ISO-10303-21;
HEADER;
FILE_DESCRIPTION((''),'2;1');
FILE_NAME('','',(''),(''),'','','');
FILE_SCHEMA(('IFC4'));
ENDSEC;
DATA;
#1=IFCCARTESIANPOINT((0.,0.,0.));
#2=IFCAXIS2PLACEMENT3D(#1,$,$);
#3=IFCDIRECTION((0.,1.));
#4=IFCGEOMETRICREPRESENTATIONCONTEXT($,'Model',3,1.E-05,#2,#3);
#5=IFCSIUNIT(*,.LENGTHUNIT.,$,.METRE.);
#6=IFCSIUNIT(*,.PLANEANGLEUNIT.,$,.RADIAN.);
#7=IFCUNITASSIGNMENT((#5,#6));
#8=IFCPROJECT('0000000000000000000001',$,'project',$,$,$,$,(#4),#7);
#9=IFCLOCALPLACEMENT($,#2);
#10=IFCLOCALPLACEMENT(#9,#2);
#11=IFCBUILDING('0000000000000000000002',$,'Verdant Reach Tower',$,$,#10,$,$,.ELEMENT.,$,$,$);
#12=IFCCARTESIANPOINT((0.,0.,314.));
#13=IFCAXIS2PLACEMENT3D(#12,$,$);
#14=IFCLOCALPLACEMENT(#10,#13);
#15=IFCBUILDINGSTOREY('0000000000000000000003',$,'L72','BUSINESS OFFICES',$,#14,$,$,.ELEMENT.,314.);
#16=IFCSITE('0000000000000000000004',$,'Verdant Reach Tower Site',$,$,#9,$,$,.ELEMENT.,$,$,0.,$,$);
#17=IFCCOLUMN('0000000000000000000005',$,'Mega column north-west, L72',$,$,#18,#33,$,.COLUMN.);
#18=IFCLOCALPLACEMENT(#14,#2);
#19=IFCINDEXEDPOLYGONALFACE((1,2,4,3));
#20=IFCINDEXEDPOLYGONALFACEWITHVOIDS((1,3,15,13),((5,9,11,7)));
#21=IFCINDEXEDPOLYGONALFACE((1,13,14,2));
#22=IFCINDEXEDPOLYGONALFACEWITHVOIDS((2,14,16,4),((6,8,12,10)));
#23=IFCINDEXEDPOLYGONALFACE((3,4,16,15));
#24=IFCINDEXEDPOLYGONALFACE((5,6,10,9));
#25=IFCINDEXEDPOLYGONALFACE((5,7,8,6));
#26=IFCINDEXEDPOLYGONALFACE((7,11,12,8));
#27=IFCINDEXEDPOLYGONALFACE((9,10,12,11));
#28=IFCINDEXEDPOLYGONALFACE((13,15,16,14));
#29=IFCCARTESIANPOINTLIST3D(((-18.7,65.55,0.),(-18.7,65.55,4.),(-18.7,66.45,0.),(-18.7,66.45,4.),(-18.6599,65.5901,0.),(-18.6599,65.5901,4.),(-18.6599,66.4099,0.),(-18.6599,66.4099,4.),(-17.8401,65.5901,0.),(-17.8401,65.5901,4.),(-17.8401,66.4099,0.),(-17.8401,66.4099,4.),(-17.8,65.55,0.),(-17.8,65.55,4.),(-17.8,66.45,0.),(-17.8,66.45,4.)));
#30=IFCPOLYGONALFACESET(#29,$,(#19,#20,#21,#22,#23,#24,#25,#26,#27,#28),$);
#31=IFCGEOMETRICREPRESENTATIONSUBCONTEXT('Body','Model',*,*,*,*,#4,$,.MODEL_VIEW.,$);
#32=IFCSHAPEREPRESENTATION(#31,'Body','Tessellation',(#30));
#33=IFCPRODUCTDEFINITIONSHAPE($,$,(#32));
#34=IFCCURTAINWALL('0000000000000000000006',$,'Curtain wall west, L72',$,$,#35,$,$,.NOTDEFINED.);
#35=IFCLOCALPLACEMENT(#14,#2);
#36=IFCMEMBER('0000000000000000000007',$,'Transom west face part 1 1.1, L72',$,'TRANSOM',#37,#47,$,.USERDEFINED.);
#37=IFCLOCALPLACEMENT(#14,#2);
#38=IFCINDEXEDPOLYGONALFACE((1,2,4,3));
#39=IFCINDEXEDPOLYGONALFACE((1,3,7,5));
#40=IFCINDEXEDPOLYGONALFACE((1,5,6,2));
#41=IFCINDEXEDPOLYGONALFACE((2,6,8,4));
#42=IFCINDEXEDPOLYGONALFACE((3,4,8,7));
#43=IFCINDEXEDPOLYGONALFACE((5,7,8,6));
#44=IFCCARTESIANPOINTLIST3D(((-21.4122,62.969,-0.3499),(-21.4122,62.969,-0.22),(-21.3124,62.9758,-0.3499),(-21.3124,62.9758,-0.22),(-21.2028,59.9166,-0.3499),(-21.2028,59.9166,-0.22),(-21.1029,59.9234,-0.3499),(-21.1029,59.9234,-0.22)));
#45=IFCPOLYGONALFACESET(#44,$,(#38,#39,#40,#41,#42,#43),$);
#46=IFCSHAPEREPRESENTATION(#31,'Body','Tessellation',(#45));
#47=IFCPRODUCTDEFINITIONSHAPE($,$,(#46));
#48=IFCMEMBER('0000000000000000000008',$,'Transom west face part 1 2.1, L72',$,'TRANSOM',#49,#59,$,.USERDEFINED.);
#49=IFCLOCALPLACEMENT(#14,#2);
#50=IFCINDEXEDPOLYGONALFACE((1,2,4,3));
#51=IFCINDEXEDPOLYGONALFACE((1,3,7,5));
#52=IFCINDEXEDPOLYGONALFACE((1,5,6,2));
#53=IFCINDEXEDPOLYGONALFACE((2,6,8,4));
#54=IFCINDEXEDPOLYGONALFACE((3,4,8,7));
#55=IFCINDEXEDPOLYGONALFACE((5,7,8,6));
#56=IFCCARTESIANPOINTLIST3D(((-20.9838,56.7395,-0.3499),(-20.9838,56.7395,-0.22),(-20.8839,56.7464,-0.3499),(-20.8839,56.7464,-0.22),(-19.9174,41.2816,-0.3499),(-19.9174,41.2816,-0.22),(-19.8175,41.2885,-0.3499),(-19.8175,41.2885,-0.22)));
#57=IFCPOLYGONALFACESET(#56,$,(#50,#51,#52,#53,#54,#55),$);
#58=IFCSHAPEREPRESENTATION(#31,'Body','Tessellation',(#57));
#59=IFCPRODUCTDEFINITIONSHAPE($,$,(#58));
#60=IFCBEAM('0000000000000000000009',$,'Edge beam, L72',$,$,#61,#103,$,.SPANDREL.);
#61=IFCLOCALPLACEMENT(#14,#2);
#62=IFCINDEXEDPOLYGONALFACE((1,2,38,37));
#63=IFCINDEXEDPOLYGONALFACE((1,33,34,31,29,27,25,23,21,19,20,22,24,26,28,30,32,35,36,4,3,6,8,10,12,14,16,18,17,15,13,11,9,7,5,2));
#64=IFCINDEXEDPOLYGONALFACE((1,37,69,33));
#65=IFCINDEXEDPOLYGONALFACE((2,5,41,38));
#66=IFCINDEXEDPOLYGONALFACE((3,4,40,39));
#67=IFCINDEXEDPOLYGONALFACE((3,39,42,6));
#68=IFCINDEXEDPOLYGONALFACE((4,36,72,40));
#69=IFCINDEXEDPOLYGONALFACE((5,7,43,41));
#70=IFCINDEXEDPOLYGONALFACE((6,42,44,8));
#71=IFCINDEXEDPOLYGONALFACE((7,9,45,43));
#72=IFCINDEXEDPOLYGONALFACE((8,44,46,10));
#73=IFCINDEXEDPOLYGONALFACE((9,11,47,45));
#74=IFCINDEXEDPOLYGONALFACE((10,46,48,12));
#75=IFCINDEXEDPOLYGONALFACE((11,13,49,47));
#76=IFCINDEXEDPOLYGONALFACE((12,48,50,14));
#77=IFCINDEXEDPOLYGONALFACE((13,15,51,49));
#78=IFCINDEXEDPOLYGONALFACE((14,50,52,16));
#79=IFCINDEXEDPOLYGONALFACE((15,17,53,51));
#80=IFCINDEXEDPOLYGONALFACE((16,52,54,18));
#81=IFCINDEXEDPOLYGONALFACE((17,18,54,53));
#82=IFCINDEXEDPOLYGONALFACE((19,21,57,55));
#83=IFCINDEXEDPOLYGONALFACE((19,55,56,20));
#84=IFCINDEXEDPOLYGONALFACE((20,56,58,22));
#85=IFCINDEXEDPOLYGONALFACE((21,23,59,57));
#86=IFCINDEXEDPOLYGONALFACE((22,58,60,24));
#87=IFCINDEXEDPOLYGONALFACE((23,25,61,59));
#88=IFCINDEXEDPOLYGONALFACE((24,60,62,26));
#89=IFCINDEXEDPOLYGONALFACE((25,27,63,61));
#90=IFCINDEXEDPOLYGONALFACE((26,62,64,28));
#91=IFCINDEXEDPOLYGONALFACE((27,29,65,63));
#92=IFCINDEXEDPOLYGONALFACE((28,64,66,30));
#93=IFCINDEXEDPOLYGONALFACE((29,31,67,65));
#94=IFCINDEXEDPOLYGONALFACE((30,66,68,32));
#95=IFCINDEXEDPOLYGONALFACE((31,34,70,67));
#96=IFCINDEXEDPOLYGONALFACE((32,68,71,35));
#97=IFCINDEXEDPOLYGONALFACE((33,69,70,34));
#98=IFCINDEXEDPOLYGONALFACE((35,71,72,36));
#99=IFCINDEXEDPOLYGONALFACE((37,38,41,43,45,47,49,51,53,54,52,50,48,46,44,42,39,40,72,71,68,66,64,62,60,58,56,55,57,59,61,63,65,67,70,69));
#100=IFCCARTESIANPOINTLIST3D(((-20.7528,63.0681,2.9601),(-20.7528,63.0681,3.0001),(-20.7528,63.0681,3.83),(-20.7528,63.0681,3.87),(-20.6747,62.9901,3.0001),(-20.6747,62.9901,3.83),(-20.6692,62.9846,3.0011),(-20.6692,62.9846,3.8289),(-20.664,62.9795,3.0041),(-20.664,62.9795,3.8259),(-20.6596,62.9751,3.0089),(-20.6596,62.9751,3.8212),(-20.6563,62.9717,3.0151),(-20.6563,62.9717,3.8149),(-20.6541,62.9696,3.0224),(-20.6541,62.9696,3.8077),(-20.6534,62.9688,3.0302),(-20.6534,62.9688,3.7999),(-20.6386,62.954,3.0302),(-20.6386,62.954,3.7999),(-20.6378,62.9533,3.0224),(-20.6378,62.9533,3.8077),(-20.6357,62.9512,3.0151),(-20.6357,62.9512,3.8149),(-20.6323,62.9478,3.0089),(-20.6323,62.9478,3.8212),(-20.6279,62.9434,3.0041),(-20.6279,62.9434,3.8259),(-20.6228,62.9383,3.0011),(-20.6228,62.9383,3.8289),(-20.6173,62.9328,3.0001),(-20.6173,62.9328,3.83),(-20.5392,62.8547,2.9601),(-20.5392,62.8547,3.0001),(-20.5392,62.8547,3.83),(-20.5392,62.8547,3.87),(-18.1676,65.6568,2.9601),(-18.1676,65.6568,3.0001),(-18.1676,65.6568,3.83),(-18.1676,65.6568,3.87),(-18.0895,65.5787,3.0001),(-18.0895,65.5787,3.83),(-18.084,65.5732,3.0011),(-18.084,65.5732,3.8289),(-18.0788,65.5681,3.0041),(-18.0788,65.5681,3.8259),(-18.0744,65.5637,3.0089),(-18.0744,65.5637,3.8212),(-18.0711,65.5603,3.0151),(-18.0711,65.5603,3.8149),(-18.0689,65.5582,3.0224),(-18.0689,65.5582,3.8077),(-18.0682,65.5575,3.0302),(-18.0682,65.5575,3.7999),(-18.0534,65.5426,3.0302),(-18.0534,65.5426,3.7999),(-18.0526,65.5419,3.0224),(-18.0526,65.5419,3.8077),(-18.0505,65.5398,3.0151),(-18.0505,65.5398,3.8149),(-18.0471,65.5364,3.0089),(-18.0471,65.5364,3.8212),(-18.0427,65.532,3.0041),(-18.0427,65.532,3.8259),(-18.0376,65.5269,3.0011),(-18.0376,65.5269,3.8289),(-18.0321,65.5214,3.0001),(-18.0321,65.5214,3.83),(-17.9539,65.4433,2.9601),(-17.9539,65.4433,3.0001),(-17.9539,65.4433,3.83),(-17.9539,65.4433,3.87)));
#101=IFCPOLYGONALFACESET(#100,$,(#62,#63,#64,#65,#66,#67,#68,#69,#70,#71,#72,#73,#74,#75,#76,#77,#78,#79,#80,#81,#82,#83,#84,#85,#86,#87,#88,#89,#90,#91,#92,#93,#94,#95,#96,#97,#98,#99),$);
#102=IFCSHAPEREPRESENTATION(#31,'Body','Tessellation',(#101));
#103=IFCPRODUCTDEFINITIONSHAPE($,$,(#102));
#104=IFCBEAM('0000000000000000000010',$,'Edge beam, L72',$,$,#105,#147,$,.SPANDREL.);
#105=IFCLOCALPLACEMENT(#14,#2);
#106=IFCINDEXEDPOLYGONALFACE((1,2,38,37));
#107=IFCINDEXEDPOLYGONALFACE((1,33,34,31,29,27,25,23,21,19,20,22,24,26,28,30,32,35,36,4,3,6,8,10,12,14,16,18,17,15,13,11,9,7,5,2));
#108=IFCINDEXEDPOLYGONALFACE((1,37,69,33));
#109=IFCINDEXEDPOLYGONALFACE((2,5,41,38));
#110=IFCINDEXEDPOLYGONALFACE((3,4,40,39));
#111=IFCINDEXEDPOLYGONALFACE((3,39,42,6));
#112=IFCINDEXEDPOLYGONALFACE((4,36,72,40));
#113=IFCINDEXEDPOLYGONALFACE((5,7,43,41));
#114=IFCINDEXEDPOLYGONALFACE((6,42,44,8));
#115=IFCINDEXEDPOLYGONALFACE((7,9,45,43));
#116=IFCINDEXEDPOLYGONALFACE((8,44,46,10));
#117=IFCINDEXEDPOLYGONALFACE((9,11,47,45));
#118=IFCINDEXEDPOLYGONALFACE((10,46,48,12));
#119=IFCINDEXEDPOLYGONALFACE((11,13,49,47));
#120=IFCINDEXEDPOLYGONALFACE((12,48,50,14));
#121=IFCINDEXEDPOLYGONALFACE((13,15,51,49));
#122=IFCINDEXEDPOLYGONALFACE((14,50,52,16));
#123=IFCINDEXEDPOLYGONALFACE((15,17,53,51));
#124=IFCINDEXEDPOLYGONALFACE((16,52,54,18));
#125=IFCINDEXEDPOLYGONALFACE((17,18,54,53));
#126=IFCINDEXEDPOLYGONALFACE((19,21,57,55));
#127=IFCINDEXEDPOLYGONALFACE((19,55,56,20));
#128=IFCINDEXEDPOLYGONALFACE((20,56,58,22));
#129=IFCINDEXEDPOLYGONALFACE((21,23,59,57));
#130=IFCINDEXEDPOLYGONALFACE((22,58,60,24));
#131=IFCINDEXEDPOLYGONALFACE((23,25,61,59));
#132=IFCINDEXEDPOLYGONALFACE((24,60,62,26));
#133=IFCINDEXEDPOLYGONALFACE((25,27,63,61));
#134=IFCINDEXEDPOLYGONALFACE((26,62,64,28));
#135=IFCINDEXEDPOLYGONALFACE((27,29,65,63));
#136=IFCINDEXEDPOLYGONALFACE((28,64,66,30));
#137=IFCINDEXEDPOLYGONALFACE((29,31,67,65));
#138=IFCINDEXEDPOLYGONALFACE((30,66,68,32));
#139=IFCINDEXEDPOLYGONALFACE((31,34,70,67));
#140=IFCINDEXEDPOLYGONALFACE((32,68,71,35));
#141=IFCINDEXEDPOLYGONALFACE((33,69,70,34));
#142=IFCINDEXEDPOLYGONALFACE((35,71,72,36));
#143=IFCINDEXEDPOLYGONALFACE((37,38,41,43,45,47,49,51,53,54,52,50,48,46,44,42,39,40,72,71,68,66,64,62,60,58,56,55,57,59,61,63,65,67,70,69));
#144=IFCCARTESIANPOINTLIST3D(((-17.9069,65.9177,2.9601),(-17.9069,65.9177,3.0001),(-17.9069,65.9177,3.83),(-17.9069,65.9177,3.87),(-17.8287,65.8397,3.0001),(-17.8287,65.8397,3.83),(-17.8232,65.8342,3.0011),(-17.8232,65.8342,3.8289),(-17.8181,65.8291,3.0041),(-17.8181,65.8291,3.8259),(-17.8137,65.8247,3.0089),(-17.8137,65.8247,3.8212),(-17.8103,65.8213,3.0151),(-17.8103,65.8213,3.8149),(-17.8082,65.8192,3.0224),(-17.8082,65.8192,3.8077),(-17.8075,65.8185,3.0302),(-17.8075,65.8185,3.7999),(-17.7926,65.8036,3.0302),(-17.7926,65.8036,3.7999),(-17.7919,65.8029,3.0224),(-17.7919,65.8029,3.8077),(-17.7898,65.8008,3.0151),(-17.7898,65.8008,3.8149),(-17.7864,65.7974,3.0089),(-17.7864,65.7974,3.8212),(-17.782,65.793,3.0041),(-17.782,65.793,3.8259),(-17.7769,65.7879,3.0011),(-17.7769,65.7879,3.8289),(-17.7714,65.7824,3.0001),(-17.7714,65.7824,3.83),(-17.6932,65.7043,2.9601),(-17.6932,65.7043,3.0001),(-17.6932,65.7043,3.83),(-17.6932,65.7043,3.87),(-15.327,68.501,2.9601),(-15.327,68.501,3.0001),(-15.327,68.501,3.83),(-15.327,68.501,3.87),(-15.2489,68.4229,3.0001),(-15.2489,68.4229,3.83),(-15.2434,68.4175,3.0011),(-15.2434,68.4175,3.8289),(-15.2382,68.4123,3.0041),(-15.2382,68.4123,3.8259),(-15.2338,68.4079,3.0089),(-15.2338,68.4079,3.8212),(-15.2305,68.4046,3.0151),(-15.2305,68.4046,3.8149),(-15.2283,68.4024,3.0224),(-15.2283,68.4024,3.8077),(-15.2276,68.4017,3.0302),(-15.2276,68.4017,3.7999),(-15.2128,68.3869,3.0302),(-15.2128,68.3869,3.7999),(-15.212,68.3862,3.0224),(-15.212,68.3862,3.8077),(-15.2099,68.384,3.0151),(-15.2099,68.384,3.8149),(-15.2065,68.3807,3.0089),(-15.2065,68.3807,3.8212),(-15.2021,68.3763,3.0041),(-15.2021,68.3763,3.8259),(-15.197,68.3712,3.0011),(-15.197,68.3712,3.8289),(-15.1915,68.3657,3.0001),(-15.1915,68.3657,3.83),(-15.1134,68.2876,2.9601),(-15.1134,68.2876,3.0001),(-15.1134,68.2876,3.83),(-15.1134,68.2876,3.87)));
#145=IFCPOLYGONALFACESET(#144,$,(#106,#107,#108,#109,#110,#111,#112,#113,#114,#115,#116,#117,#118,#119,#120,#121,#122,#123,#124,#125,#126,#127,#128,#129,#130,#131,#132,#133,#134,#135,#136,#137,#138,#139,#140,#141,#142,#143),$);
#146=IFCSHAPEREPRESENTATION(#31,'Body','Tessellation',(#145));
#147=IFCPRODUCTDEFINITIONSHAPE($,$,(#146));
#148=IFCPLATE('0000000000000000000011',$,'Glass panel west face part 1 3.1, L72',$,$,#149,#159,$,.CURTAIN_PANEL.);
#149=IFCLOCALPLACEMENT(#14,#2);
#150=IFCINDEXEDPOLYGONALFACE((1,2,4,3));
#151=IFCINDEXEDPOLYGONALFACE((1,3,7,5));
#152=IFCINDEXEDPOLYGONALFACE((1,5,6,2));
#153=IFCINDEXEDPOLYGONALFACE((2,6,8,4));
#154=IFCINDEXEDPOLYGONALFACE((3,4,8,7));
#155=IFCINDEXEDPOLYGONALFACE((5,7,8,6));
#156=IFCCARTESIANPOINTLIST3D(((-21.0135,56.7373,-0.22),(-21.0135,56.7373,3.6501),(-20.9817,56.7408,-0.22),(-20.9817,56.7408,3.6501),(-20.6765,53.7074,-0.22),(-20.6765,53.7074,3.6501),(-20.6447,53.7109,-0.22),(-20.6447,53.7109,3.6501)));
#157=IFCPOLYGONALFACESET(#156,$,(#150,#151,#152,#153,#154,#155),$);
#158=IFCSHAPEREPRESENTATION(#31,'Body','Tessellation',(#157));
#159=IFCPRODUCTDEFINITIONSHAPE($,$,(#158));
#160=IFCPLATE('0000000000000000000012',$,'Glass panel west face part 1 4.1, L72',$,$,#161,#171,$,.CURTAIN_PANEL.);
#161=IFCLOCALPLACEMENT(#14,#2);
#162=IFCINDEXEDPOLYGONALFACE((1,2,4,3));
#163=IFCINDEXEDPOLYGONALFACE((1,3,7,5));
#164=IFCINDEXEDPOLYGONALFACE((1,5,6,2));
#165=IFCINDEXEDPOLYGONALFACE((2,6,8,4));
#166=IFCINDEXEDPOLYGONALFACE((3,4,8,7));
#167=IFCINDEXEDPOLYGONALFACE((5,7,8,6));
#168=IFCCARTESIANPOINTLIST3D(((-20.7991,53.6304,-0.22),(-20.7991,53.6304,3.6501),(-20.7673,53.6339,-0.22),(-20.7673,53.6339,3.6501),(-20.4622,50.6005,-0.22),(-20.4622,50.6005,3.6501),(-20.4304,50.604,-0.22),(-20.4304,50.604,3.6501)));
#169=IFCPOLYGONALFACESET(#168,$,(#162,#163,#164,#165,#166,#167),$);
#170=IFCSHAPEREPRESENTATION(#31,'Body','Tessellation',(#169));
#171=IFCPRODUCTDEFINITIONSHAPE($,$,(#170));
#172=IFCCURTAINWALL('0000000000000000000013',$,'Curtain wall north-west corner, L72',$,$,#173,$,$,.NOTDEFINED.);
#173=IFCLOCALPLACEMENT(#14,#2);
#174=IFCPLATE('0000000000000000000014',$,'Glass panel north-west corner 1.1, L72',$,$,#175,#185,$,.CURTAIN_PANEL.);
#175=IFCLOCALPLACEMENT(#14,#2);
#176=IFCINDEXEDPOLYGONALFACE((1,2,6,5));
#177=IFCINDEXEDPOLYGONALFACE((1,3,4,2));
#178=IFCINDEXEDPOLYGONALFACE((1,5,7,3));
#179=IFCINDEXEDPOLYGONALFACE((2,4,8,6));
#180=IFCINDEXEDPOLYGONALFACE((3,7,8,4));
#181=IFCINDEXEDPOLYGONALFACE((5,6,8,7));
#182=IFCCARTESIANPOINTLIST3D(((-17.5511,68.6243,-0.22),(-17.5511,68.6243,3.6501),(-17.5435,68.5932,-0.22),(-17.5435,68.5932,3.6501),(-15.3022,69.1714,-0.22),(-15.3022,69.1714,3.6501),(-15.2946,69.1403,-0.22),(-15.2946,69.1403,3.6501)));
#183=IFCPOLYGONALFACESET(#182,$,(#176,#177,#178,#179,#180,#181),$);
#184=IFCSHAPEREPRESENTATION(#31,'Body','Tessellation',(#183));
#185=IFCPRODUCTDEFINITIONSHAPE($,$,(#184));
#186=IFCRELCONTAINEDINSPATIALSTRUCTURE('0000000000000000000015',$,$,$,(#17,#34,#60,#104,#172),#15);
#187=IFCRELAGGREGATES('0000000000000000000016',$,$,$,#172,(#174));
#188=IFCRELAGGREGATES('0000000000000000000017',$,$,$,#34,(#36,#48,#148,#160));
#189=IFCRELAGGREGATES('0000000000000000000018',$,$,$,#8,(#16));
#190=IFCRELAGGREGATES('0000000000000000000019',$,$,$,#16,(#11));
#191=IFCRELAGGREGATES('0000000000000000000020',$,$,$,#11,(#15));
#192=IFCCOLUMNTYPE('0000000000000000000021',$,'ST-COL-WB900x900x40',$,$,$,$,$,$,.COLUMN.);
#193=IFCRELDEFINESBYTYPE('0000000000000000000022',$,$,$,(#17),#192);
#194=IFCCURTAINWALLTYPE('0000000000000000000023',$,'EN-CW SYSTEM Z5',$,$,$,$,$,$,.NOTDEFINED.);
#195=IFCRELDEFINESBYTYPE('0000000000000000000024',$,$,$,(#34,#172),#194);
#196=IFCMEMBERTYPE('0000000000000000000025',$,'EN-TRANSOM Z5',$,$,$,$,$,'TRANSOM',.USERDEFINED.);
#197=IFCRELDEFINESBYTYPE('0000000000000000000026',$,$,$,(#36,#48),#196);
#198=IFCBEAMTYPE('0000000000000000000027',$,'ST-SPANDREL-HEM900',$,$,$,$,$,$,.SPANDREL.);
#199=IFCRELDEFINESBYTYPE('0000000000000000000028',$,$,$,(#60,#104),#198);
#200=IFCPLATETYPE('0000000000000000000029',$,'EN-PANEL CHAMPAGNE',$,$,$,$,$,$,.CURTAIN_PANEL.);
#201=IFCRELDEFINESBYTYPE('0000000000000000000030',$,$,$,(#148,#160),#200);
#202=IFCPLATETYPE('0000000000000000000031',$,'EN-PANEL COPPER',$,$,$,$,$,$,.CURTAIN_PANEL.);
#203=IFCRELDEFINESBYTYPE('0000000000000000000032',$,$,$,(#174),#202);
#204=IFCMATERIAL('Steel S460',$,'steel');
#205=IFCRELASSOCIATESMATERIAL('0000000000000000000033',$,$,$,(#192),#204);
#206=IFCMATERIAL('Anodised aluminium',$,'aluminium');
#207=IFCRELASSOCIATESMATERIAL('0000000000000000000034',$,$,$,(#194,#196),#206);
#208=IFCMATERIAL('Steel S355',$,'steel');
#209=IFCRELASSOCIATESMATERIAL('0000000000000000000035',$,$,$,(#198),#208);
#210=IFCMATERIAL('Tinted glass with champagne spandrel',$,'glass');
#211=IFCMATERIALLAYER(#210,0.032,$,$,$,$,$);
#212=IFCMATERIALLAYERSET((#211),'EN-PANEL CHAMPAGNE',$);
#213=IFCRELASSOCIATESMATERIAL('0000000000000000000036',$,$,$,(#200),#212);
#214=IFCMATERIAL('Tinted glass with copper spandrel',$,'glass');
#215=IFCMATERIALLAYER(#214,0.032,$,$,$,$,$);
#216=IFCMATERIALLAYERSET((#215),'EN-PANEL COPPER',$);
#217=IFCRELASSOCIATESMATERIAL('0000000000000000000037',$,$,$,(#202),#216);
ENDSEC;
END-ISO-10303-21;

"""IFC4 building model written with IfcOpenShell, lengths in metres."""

from ifc_helpers import new_model, si_unit, direction, frame, origin, origin_2d, place, context, subcontext, project, spatial, rectangle, hollow_rectangle, i_section, extrude, material, layer, layer_set, material_profile, profile_set, type_object, element, aggregate, save


model = new_model("IFC4")

# Units and contexts
model_context = context("Model", 3, precision=1e-05, world=origin(), true_north=direction((0.0, 1.0)))
body_context = subcontext(model_context, "Body", "Model", "MODEL_VIEW")
ifc_project = project(units=[si_unit("LENGTHUNIT", "METRE"), si_unit("PLANEANGLEUNIT", "RADIAN")], contexts=[model_context])

# Site, building, storey
site_placement = place(None, origin())
site = spatial("IfcSite", under=ifc_project, at=site_placement, Name="Verdant Reach Tower Site", CompositionType="ELEMENT", RefElevation=0.0)
building_placement = place(site_placement, origin())
building = spatial("IfcBuilding", under=site, at=building_placement, Name="Verdant Reach Tower", CompositionType="ELEMENT")
storey_placement = place(building_placement, frame((0.0, 0.0, 314.0)))
storey = spatial("IfcBuildingStorey", under=building, at=storey_placement, Name="L72", Description="BUSINESS OFFICES", CompositionType="ELEMENT", Elevation=314.0)

# Column
ifc_material_1 = material(Name="Steel S460", Category="steel")
ifc_material_profile_1 = material_profile(ifc_material_1, hollow_rectangle(XDim=0.8999, YDim=0.8999, WallThickness=0.04, at=origin_2d()), Name="WB 900x900x40")
ifc_profile_set_1 = profile_set([ifc_material_profile_1], Name="Steel S460")
column_type = type_object("IfcColumnType", Name="ST-COL-WB900x900x40", PredefinedType="COLUMN", material=ifc_profile_set_1)
column_placement = place(storey_placement, frame((-18.25, 66.0, 0.0), z_axis=(0.0, 0.0, 1.0), x_axis=(1.0, 0.0, 0.0)))
element("IfcColumn", 1, at=column_placement, inside=storey, type_object=column_type, Name="Mega column north-west, L72", PredefinedType="COLUMN", context=body_context, shape_type="SweptSolid", body=[
    extrude(hollow_rectangle(XDim=0.8999, YDim=0.8999, WallThickness=0.04, at=origin_2d()), origin(), (0.0, 0.0, 1.0), 4.0),
])

# Curtain wall, members
ifc_material_2 = material(Name="Anodised aluminium", Category="aluminium")
curtain_wall_type = type_object("IfcCurtainWallType", Name="EN-CW SYSTEM Z5", PredefinedType="NOTDEFINED", material=ifc_material_2)
curtain_wall_1_placement = place(storey_placement, origin())
curtain_wall_1 = element("IfcCurtainWall", 2, at=curtain_wall_1_placement, inside=storey, type_object=curtain_wall_type, Name="Curtain wall west, L72", PredefinedType="NOTDEFINED")
ifc_material_profile_2 = material_profile(ifc_material_2, rectangle(XDim=0.1001, YDim=0.1299, at=origin_2d()), Name="Transom 130x100")
ifc_profile_set_2 = profile_set([ifc_material_profile_2], Name="Anodised aluminium")
member_type = type_object("IfcMemberType", Name="EN-TRANSOM Z5", ElementType="TRANSOM", PredefinedType="USERDEFINED", material=ifc_profile_set_2)
member_1_placement = place(storey_placement, frame((-21.3623, 62.9724, -0.2849), z_axis=(0.068463, -0.997654, 0.0), x_axis=(0.997654, 0.068463, 0.0)))
member_1 = element("IfcMember", 3, at=member_1_placement, type_object=member_type, Name="Transom west face part 1 1.1, L72", ObjectType="TRANSOM", PredefinedType="USERDEFINED", context=body_context, shape_type="SweptSolid", body=[
    extrude(rectangle(XDim=0.1001, YDim=0.1299, at=origin_2d()), origin(), (0.0, 0.0, 1.0), 3.0596),
])
member_2_placement = place(storey_placement, frame((-20.9338, 56.7429, -0.2849), z_axis=(0.068824, -0.997629, 0.0), x_axis=(0.997629, 0.068824, 0.0)))
member_2 = element("IfcMember", 4, at=member_2_placement, type_object=member_type, Name="Transom west face part 1 2.1, L72", ObjectType="TRANSOM", PredefinedType="USERDEFINED", context=body_context, shape_type="SweptSolid", body=[
    extrude(rectangle(XDim=0.1001, YDim=0.1299, at=origin_2d()), origin(), (0.0, 0.0, 1.0), 15.4946),
])

# Beams
ifc_material_3 = material(Name="Steel S355", Category="steel")
ifc_material_profile_3 = material_profile(ifc_material_3, i_section(OverallWidth=0.302, OverallDepth=0.9099, WebThickness=0.021, FlangeThickness=0.04, FilletRadius=0.03, at=origin_2d()), Name="HEM 900")
ifc_profile_set_3 = profile_set([ifc_material_profile_3], Name="Steel S355")
beam_type = type_object("IfcBeamType", Name="ST-SPANDREL-HEM900", PredefinedType="SPANDREL", material=ifc_profile_set_3)
beam_1_placement = place(storey_placement, frame((-20.646, 62.9614, 3.415), z_axis=(0.706639, 0.707574, 0.0), x_axis=(-0.707574, 0.706639, 0.0)))
element("IfcBeam", 5, at=beam_1_placement, inside=storey, type_object=beam_type, Name="Edge beam, L72", PredefinedType="SPANDREL", context=body_context, shape_type="SweptSolid", body=[
    extrude(i_section(OverallWidth=0.302, OverallDepth=0.9099, WebThickness=0.021, FlangeThickness=0.04, FilletRadius=0.03, at=origin_2d()), origin(), (0.0, 0.0, 1.0), 3.6584),
])
beam_2_placement = place(storey_placement, frame((-17.8, 65.811, 3.415), z_axis=(0.706639, 0.707575, 0.0), x_axis=(-0.707575, 0.706639, 0.0)))
element("IfcBeam", 6, at=beam_2_placement, inside=storey, type_object=beam_type, Name="Edge beam, L72", PredefinedType="SPANDREL", context=body_context, shape_type="SweptSolid", body=[
    extrude(i_section(OverallWidth=0.302, OverallDepth=0.9099, WebThickness=0.021, FlangeThickness=0.04, FilletRadius=0.03, at=origin_2d()), origin(), (0.0, 0.0, 1.0), 3.6509),
])

# Plates
ifc_material_4 = material(Name="Tinted glass with champagne spandrel", Category="glass")
ifc_layer_1 = layer(ifc_material_4, 0.032)
ifc_layer_set_1 = layer_set([ifc_layer_1], Name="EN-PANEL CHAMPAGNE")
plate_type_1 = type_object("IfcPlateType", Name="EN-PANEL CHAMPAGNE", PredefinedType="CURTAIN_PANEL", material=ifc_layer_set_1)
plate_1_placement = place(storey_placement, frame((-20.8291, 55.2241, -0.22), z_axis=(0.0, 0.0, 1.0), x_axis=(0.110518, -0.993874, 0.0)))
plate_1 = element("IfcPlate", 7, at=plate_1_placement, type_object=plate_type_1, Name="Glass panel west face part 1 3.1, L72", PredefinedType="CURTAIN_PANEL", context=body_context, shape_type="SweptSolid", body=[
    extrude(rectangle(XDim=3.0486, YDim=0.032, at=origin_2d()), origin(), (0.0, 0.0, 1.0), 3.8701),
])
plate_2_placement = place(storey_placement, frame((-20.6147, 52.1172, -0.22), z_axis=(0.0, 0.0, 1.0), x_axis=(0.110518, -0.993874, 0.0)))
plate_2 = element("IfcPlate", 8, at=plate_2_placement, type_object=plate_type_1, Name="Glass panel west face part 1 4.1, L72", PredefinedType="CURTAIN_PANEL", context=body_context, shape_type="SweptSolid", body=[
    extrude(rectangle(XDim=3.0486, YDim=0.032, at=origin_2d()), origin(), (0.0, 0.0, 1.0), 3.8701),
])

# Curtain wall, plate
curtain_wall_2_placement = place(storey_placement, origin())
curtain_wall_2 = element("IfcCurtainWall", 9, at=curtain_wall_2_placement, inside=storey, type_object=curtain_wall_type, Name="Curtain wall north-west corner, L72", PredefinedType="NOTDEFINED")
ifc_material_5 = material(Name="Tinted glass with copper spandrel", Category="glass")
ifc_layer_2 = layer(ifc_material_5, 0.032)
ifc_layer_set_2 = layer_set([ifc_layer_2], Name="EN-PANEL COPPER")
plate_type_2 = type_object("IfcPlateType", Name="EN-PANEL COPPER", PredefinedType="CURTAIN_PANEL", material=ifc_layer_set_2)
plate_3_placement = place(storey_placement, frame((-16.4229, 68.8823, -0.22), z_axis=(0.0, 0.0, 1.0), x_axis=(-0.971662, -0.236376, 0.0)))
plate_3 = element("IfcPlate", 10, at=plate_3_placement, type_object=plate_type_2, Name="Glass panel north-west corner 1.1, L72", PredefinedType="CURTAIN_PANEL", context=body_context, shape_type="SweptSolid", body=[
    extrude(rectangle(XDim=2.3145, YDim=0.032, at=origin_2d()), origin(), (0.0, 0.0, 1.0), 3.8701),
])
aggregate(curtain_wall_2, [plate_3])

aggregate(curtain_wall_1, [member_1, member_2, plate_1, plate_2])

save(model, "model.ifc")
